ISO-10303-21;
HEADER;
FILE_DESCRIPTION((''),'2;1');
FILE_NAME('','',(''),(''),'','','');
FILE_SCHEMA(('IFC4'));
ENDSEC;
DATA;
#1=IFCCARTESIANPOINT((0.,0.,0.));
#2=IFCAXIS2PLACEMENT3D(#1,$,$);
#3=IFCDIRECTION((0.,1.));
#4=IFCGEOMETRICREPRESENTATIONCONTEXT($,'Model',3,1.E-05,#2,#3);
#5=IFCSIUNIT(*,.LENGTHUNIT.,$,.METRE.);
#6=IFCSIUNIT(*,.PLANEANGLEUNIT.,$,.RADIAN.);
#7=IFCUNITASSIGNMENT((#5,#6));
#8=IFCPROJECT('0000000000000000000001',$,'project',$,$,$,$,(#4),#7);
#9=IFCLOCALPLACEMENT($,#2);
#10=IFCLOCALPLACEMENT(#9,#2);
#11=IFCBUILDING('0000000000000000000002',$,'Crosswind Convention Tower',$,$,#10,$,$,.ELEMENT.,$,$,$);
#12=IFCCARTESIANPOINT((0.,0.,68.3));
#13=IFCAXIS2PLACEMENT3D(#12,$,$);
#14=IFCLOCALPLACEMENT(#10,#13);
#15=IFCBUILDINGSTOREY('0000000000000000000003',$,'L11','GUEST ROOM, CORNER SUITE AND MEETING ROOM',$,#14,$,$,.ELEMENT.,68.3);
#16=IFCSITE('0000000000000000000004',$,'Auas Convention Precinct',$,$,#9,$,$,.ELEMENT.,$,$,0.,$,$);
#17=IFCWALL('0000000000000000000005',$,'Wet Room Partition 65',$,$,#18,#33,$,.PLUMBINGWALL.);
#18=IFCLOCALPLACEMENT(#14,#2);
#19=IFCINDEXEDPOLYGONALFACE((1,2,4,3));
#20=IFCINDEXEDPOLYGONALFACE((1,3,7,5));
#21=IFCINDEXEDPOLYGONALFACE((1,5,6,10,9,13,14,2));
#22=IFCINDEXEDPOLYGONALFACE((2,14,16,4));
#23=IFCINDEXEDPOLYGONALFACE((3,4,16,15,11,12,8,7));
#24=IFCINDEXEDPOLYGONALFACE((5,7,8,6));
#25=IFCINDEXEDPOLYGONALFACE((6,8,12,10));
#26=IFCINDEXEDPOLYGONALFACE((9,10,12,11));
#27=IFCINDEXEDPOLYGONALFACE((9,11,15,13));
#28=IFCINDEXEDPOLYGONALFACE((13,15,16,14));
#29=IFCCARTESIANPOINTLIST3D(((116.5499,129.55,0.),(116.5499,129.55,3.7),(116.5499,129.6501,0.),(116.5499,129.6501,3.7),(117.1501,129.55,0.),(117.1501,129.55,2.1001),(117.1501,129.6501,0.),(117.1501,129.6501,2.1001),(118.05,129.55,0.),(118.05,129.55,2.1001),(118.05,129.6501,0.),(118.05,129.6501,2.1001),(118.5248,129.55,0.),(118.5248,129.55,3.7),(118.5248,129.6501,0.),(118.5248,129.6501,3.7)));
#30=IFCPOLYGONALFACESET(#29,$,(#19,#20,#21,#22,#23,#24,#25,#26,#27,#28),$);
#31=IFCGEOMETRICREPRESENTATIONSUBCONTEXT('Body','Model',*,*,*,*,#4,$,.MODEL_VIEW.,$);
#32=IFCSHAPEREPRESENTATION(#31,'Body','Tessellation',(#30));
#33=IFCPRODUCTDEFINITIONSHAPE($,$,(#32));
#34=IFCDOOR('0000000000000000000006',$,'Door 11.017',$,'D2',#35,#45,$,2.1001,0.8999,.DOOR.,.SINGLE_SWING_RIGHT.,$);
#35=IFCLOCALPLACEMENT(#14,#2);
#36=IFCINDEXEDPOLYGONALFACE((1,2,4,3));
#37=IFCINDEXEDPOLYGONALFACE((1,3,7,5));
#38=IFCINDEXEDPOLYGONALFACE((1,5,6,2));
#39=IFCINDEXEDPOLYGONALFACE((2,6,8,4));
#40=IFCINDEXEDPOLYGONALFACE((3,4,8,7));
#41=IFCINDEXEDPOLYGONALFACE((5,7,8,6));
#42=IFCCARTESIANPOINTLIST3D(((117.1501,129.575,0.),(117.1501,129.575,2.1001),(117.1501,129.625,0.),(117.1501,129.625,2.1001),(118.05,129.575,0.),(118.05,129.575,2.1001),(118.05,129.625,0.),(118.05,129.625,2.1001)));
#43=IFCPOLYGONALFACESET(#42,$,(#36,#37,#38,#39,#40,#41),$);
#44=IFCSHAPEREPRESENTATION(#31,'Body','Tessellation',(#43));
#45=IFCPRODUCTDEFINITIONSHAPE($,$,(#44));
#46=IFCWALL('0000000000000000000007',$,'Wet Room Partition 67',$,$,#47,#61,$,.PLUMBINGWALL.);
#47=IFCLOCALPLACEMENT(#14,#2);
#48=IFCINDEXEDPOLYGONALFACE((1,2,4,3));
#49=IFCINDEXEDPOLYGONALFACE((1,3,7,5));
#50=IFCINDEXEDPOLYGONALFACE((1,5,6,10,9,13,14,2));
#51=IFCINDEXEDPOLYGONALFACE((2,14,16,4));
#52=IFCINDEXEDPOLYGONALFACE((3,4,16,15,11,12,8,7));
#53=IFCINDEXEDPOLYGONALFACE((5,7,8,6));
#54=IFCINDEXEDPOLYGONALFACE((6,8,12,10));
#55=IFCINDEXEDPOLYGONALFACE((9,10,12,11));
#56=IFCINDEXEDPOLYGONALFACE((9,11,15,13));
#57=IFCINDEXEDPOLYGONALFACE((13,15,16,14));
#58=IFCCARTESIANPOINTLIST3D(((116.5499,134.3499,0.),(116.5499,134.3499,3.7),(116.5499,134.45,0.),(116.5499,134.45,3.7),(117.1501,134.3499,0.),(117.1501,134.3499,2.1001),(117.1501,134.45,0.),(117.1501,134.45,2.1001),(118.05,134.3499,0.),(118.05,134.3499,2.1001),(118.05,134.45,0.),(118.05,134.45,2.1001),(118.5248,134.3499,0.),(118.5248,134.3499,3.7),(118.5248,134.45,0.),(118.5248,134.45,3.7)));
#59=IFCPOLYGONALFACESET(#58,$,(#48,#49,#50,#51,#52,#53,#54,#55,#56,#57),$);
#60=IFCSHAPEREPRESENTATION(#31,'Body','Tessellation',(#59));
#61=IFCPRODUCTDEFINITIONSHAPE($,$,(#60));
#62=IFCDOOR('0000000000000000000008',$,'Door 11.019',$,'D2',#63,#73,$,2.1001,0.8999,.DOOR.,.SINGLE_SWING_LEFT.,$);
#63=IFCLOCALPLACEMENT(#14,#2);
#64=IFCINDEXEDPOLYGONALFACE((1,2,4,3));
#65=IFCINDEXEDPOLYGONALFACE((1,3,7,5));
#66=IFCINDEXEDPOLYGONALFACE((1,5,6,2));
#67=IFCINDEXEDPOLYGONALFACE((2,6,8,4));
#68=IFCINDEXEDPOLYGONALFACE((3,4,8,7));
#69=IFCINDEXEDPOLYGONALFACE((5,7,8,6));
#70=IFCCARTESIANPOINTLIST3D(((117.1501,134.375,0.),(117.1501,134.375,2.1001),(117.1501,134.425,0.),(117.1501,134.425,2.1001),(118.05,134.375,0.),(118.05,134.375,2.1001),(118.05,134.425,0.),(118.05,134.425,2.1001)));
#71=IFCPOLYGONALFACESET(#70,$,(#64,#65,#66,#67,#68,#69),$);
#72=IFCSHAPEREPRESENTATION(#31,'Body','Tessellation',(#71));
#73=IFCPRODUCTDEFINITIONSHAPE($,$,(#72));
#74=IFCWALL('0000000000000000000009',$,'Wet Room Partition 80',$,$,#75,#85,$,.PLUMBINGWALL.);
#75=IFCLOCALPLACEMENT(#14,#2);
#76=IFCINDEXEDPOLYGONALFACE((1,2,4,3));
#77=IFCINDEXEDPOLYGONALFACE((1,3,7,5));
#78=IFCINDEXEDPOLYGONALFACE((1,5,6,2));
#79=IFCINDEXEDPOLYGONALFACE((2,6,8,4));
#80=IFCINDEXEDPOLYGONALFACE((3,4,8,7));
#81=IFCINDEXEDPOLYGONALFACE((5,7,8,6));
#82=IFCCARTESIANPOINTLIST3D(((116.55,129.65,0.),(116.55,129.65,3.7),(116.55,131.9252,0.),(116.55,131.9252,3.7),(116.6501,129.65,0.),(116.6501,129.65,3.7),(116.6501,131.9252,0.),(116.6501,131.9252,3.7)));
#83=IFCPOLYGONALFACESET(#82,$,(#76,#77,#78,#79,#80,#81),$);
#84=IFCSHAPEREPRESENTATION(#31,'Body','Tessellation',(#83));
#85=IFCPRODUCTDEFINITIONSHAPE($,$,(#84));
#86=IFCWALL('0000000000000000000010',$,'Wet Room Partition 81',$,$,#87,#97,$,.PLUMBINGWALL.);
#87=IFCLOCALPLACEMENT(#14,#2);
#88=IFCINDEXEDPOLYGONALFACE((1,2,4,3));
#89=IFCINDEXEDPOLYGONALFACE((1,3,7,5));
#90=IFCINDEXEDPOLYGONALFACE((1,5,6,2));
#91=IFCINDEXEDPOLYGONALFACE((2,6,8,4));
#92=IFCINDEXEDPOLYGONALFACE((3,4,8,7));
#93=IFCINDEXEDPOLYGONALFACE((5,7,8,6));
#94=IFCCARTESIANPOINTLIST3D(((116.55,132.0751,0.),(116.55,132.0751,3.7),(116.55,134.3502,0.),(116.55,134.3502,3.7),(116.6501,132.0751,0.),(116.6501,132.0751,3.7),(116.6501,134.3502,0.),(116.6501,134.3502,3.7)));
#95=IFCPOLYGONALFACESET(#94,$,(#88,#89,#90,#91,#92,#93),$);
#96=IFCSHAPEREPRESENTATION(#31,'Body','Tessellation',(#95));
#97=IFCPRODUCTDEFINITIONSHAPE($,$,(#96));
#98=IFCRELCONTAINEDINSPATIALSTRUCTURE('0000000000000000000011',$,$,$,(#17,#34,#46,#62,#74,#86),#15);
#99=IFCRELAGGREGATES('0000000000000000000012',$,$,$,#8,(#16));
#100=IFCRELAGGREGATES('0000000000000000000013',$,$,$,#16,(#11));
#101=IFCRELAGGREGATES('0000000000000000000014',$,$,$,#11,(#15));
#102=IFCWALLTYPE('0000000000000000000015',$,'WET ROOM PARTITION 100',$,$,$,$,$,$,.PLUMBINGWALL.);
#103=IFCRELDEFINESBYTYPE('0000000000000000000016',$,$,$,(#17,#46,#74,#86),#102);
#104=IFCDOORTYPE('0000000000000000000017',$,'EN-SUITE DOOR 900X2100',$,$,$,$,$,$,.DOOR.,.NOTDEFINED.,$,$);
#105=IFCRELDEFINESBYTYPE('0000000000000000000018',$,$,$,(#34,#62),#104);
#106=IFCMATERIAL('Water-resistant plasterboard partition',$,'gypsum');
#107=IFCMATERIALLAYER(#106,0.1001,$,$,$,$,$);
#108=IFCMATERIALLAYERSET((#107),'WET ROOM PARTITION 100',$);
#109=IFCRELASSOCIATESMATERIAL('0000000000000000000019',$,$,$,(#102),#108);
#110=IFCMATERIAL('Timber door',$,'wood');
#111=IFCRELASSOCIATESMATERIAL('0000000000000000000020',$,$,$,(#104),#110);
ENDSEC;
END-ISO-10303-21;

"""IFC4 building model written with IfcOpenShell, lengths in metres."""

from ifc_helpers import new_model, si_unit, direction, frame, frame_2d, origin, place, context, subcontext, project, spatial, rectangle, extrude, material, layer, layer_set, type_object, element, fill, save


model = new_model("IFC4")

# Units and contexts
model_context = context("Model", 3, precision=1e-05, world=origin(), true_north=direction((0.0, 1.0)))
body_context = subcontext(model_context, "Body", "Model", "MODEL_VIEW")
ifc_project = project(units=[si_unit("LENGTHUNIT", "METRE"), si_unit("PLANEANGLEUNIT", "RADIAN")], contexts=[model_context])

# Site, building, storey
site_placement = place(None, origin())
site = spatial("IfcSite", under=ifc_project, at=site_placement, Name="Auas Convention Precinct", CompositionType="ELEMENT", RefElevation=0.0)
building_placement = place(site_placement, origin())
building = spatial("IfcBuilding", under=site, at=building_placement, Name="Crosswind Convention Tower", CompositionType="ELEMENT")
storey_placement = place(building_placement, frame((0.0, 0.0, 68.3)))
storey = spatial("IfcBuildingStorey", under=building, at=storey_placement, Name="L11", Description="GUEST ROOM, CORNER SUITE AND MEETING ROOM", CompositionType="ELEMENT", Elevation=68.3)

# Walls, openings, doors
ifc_material_1 = material(Name="Water-resistant plasterboard partition", Category="gypsum")
ifc_layer_1 = layer(ifc_material_1, 0.1001)
ifc_layer_set_1 = layer_set([ifc_layer_1], Name="WET ROOM PARTITION 100")
wall_type_1 = type_object("IfcWallType", Name="WET ROOM PARTITION 100", PredefinedType="PLUMBINGWALL", material=ifc_layer_set_1)
wall_1_placement = place(storey_placement, frame((116.55, 129.6001, 0.0), z_axis=(0.0, 0.0, 1.0), x_axis=(1.0, 0.0, 0.0)))
wall_1 = element("IfcWall", 1, at=wall_1_placement, inside=storey, type_object=wall_type_1, Name="Wet Room Partition 65", PredefinedType="PLUMBINGWALL", context=body_context, shape_type="SweptSolid", body=[
    extrude(rectangle(XDim=1.9749, YDim=0.1001, at=frame_2d((0.9873, 0.0))), origin(), (0.0, 0.0, 1.0), 3.7),
])
opening_1_placement = place(wall_1_placement, frame((0.6001, 0.0, 0.0)))
opening_1 = element("IfcOpeningElement", 2, at=opening_1_placement, cuts=wall_1, PredefinedType="OPENING", context=body_context, shape_type="SweptSolid", body=[
    extrude(rectangle(XDim=0.8999, YDim=2.1001, at=frame_2d((0.45, 1.05))), frame((0.0, 0.0601, 0.0), z_axis=(0.0, -1.0, 0.0), x_axis=(1.0, 0.0, 0.0)), (0.0, 0.0, 1.0), 0.1201),
])
ifc_material_2 = material(Name="Timber door", Category="wood")
door_type_1 = type_object("IfcDoorType", Name="EN-SUITE DOOR 900X2100", OperationType="NOTDEFINED", PredefinedType="DOOR", material=ifc_material_2)
door_1_placement = place(opening_1_placement, origin())
door_1 = element("IfcDoor", 3, at=door_1_placement, inside=storey, type_object=door_type_1, Name="Door 11.017", ObjectType="D2", OperationType="SINGLE_SWING_RIGHT", OverallHeight=2.1001, OverallWidth=0.8999, PredefinedType="DOOR", context=body_context, shape_type="SweptSolid", body=[
    extrude(rectangle(XDim=0.8999, YDim=2.1001, at=frame_2d((0.45, 1.05))), frame((0.0, 0.0249, 0.0), z_axis=(0.0, -1.0, 0.0), x_axis=(1.0, 0.0, 0.0)), (0.0, 0.0, 1.0), 0.05),
])
fill(opening_1, door_1)
wall_2_placement = place(storey_placement, frame((116.55, 134.3999, 0.0), z_axis=(0.0, 0.0, 1.0), x_axis=(1.0, 0.0, 0.0)))
wall_2 = element("IfcWall", 4, at=wall_2_placement, inside=storey, type_object=wall_type_1, Name="Wet Room Partition 67", PredefinedType="PLUMBINGWALL", context=body_context, shape_type="SweptSolid", body=[
    extrude(rectangle(XDim=1.9749, YDim=0.1001, at=frame_2d((0.9873, 0.0))), origin(), (0.0, 0.0, 1.0), 3.7),
])
opening_2_placement = place(wall_2_placement, frame((0.6001, 0.0, 0.0)))
opening_2 = element("IfcOpeningElement", 5, at=opening_2_placement, cuts=wall_2, PredefinedType="OPENING", context=body_context, shape_type="SweptSolid", body=[
    extrude(rectangle(XDim=0.8999, YDim=2.1001, at=frame_2d((0.45, 1.05))), frame((0.0, 0.0601, 0.0), z_axis=(0.0, -1.0, 0.0), x_axis=(1.0, 0.0, 0.0)), (0.0, 0.0, 1.0), 0.1201),
])
door_2_placement = place(opening_2_placement, frame((0.8999, 0.0, 0.0), z_axis=(0.0, 0.0, 1.0), x_axis=(-1.0, 0.0, 0.0)))
door_2 = element("IfcDoor", 6, at=door_2_placement, inside=storey, type_object=door_type_1, Name="Door 11.019", ObjectType="D2", OperationType="SINGLE_SWING_LEFT", OverallHeight=2.1001, OverallWidth=0.8999, PredefinedType="DOOR", context=body_context, shape_type="SweptSolid", body=[
    extrude(rectangle(XDim=0.8999, YDim=2.1001, at=frame_2d((0.45, 1.05))), frame((0.0, 0.0249, 0.0), z_axis=(0.0, -1.0, 0.0), x_axis=(1.0, 0.0, 0.0)), (0.0, 0.0, 1.0), 0.05),
])
fill(opening_2, door_2)

# Walls
for number, where, z_axis, x_axis, name in (
    (7, (116.6001, 129.6499, 0.0), (0.0, 0.0, 1.0), (0.0, 1.0, 0.0), "Wet Room Partition 80"),
    (8, (116.6001, 132.075, 0.0), (0.0, 0.0, 1.0), (0.0, 1.0, 0.0), "Wet Room Partition 81"),
):
    element("IfcWall", number, at=place(storey_placement, frame(where, z_axis=z_axis, x_axis=x_axis)), inside=storey, type_object=wall_type_1, Name=name, PredefinedType="PLUMBINGWALL", context=body_context, shape_type="SweptSolid", body=[
        extrude(rectangle(XDim=2.2751, YDim=0.1001, at=frame_2d((1.1377, 0.0))), origin(), (0.0, 0.0, 1.0), 3.7),
    ])

save(model, "model.ifc")
